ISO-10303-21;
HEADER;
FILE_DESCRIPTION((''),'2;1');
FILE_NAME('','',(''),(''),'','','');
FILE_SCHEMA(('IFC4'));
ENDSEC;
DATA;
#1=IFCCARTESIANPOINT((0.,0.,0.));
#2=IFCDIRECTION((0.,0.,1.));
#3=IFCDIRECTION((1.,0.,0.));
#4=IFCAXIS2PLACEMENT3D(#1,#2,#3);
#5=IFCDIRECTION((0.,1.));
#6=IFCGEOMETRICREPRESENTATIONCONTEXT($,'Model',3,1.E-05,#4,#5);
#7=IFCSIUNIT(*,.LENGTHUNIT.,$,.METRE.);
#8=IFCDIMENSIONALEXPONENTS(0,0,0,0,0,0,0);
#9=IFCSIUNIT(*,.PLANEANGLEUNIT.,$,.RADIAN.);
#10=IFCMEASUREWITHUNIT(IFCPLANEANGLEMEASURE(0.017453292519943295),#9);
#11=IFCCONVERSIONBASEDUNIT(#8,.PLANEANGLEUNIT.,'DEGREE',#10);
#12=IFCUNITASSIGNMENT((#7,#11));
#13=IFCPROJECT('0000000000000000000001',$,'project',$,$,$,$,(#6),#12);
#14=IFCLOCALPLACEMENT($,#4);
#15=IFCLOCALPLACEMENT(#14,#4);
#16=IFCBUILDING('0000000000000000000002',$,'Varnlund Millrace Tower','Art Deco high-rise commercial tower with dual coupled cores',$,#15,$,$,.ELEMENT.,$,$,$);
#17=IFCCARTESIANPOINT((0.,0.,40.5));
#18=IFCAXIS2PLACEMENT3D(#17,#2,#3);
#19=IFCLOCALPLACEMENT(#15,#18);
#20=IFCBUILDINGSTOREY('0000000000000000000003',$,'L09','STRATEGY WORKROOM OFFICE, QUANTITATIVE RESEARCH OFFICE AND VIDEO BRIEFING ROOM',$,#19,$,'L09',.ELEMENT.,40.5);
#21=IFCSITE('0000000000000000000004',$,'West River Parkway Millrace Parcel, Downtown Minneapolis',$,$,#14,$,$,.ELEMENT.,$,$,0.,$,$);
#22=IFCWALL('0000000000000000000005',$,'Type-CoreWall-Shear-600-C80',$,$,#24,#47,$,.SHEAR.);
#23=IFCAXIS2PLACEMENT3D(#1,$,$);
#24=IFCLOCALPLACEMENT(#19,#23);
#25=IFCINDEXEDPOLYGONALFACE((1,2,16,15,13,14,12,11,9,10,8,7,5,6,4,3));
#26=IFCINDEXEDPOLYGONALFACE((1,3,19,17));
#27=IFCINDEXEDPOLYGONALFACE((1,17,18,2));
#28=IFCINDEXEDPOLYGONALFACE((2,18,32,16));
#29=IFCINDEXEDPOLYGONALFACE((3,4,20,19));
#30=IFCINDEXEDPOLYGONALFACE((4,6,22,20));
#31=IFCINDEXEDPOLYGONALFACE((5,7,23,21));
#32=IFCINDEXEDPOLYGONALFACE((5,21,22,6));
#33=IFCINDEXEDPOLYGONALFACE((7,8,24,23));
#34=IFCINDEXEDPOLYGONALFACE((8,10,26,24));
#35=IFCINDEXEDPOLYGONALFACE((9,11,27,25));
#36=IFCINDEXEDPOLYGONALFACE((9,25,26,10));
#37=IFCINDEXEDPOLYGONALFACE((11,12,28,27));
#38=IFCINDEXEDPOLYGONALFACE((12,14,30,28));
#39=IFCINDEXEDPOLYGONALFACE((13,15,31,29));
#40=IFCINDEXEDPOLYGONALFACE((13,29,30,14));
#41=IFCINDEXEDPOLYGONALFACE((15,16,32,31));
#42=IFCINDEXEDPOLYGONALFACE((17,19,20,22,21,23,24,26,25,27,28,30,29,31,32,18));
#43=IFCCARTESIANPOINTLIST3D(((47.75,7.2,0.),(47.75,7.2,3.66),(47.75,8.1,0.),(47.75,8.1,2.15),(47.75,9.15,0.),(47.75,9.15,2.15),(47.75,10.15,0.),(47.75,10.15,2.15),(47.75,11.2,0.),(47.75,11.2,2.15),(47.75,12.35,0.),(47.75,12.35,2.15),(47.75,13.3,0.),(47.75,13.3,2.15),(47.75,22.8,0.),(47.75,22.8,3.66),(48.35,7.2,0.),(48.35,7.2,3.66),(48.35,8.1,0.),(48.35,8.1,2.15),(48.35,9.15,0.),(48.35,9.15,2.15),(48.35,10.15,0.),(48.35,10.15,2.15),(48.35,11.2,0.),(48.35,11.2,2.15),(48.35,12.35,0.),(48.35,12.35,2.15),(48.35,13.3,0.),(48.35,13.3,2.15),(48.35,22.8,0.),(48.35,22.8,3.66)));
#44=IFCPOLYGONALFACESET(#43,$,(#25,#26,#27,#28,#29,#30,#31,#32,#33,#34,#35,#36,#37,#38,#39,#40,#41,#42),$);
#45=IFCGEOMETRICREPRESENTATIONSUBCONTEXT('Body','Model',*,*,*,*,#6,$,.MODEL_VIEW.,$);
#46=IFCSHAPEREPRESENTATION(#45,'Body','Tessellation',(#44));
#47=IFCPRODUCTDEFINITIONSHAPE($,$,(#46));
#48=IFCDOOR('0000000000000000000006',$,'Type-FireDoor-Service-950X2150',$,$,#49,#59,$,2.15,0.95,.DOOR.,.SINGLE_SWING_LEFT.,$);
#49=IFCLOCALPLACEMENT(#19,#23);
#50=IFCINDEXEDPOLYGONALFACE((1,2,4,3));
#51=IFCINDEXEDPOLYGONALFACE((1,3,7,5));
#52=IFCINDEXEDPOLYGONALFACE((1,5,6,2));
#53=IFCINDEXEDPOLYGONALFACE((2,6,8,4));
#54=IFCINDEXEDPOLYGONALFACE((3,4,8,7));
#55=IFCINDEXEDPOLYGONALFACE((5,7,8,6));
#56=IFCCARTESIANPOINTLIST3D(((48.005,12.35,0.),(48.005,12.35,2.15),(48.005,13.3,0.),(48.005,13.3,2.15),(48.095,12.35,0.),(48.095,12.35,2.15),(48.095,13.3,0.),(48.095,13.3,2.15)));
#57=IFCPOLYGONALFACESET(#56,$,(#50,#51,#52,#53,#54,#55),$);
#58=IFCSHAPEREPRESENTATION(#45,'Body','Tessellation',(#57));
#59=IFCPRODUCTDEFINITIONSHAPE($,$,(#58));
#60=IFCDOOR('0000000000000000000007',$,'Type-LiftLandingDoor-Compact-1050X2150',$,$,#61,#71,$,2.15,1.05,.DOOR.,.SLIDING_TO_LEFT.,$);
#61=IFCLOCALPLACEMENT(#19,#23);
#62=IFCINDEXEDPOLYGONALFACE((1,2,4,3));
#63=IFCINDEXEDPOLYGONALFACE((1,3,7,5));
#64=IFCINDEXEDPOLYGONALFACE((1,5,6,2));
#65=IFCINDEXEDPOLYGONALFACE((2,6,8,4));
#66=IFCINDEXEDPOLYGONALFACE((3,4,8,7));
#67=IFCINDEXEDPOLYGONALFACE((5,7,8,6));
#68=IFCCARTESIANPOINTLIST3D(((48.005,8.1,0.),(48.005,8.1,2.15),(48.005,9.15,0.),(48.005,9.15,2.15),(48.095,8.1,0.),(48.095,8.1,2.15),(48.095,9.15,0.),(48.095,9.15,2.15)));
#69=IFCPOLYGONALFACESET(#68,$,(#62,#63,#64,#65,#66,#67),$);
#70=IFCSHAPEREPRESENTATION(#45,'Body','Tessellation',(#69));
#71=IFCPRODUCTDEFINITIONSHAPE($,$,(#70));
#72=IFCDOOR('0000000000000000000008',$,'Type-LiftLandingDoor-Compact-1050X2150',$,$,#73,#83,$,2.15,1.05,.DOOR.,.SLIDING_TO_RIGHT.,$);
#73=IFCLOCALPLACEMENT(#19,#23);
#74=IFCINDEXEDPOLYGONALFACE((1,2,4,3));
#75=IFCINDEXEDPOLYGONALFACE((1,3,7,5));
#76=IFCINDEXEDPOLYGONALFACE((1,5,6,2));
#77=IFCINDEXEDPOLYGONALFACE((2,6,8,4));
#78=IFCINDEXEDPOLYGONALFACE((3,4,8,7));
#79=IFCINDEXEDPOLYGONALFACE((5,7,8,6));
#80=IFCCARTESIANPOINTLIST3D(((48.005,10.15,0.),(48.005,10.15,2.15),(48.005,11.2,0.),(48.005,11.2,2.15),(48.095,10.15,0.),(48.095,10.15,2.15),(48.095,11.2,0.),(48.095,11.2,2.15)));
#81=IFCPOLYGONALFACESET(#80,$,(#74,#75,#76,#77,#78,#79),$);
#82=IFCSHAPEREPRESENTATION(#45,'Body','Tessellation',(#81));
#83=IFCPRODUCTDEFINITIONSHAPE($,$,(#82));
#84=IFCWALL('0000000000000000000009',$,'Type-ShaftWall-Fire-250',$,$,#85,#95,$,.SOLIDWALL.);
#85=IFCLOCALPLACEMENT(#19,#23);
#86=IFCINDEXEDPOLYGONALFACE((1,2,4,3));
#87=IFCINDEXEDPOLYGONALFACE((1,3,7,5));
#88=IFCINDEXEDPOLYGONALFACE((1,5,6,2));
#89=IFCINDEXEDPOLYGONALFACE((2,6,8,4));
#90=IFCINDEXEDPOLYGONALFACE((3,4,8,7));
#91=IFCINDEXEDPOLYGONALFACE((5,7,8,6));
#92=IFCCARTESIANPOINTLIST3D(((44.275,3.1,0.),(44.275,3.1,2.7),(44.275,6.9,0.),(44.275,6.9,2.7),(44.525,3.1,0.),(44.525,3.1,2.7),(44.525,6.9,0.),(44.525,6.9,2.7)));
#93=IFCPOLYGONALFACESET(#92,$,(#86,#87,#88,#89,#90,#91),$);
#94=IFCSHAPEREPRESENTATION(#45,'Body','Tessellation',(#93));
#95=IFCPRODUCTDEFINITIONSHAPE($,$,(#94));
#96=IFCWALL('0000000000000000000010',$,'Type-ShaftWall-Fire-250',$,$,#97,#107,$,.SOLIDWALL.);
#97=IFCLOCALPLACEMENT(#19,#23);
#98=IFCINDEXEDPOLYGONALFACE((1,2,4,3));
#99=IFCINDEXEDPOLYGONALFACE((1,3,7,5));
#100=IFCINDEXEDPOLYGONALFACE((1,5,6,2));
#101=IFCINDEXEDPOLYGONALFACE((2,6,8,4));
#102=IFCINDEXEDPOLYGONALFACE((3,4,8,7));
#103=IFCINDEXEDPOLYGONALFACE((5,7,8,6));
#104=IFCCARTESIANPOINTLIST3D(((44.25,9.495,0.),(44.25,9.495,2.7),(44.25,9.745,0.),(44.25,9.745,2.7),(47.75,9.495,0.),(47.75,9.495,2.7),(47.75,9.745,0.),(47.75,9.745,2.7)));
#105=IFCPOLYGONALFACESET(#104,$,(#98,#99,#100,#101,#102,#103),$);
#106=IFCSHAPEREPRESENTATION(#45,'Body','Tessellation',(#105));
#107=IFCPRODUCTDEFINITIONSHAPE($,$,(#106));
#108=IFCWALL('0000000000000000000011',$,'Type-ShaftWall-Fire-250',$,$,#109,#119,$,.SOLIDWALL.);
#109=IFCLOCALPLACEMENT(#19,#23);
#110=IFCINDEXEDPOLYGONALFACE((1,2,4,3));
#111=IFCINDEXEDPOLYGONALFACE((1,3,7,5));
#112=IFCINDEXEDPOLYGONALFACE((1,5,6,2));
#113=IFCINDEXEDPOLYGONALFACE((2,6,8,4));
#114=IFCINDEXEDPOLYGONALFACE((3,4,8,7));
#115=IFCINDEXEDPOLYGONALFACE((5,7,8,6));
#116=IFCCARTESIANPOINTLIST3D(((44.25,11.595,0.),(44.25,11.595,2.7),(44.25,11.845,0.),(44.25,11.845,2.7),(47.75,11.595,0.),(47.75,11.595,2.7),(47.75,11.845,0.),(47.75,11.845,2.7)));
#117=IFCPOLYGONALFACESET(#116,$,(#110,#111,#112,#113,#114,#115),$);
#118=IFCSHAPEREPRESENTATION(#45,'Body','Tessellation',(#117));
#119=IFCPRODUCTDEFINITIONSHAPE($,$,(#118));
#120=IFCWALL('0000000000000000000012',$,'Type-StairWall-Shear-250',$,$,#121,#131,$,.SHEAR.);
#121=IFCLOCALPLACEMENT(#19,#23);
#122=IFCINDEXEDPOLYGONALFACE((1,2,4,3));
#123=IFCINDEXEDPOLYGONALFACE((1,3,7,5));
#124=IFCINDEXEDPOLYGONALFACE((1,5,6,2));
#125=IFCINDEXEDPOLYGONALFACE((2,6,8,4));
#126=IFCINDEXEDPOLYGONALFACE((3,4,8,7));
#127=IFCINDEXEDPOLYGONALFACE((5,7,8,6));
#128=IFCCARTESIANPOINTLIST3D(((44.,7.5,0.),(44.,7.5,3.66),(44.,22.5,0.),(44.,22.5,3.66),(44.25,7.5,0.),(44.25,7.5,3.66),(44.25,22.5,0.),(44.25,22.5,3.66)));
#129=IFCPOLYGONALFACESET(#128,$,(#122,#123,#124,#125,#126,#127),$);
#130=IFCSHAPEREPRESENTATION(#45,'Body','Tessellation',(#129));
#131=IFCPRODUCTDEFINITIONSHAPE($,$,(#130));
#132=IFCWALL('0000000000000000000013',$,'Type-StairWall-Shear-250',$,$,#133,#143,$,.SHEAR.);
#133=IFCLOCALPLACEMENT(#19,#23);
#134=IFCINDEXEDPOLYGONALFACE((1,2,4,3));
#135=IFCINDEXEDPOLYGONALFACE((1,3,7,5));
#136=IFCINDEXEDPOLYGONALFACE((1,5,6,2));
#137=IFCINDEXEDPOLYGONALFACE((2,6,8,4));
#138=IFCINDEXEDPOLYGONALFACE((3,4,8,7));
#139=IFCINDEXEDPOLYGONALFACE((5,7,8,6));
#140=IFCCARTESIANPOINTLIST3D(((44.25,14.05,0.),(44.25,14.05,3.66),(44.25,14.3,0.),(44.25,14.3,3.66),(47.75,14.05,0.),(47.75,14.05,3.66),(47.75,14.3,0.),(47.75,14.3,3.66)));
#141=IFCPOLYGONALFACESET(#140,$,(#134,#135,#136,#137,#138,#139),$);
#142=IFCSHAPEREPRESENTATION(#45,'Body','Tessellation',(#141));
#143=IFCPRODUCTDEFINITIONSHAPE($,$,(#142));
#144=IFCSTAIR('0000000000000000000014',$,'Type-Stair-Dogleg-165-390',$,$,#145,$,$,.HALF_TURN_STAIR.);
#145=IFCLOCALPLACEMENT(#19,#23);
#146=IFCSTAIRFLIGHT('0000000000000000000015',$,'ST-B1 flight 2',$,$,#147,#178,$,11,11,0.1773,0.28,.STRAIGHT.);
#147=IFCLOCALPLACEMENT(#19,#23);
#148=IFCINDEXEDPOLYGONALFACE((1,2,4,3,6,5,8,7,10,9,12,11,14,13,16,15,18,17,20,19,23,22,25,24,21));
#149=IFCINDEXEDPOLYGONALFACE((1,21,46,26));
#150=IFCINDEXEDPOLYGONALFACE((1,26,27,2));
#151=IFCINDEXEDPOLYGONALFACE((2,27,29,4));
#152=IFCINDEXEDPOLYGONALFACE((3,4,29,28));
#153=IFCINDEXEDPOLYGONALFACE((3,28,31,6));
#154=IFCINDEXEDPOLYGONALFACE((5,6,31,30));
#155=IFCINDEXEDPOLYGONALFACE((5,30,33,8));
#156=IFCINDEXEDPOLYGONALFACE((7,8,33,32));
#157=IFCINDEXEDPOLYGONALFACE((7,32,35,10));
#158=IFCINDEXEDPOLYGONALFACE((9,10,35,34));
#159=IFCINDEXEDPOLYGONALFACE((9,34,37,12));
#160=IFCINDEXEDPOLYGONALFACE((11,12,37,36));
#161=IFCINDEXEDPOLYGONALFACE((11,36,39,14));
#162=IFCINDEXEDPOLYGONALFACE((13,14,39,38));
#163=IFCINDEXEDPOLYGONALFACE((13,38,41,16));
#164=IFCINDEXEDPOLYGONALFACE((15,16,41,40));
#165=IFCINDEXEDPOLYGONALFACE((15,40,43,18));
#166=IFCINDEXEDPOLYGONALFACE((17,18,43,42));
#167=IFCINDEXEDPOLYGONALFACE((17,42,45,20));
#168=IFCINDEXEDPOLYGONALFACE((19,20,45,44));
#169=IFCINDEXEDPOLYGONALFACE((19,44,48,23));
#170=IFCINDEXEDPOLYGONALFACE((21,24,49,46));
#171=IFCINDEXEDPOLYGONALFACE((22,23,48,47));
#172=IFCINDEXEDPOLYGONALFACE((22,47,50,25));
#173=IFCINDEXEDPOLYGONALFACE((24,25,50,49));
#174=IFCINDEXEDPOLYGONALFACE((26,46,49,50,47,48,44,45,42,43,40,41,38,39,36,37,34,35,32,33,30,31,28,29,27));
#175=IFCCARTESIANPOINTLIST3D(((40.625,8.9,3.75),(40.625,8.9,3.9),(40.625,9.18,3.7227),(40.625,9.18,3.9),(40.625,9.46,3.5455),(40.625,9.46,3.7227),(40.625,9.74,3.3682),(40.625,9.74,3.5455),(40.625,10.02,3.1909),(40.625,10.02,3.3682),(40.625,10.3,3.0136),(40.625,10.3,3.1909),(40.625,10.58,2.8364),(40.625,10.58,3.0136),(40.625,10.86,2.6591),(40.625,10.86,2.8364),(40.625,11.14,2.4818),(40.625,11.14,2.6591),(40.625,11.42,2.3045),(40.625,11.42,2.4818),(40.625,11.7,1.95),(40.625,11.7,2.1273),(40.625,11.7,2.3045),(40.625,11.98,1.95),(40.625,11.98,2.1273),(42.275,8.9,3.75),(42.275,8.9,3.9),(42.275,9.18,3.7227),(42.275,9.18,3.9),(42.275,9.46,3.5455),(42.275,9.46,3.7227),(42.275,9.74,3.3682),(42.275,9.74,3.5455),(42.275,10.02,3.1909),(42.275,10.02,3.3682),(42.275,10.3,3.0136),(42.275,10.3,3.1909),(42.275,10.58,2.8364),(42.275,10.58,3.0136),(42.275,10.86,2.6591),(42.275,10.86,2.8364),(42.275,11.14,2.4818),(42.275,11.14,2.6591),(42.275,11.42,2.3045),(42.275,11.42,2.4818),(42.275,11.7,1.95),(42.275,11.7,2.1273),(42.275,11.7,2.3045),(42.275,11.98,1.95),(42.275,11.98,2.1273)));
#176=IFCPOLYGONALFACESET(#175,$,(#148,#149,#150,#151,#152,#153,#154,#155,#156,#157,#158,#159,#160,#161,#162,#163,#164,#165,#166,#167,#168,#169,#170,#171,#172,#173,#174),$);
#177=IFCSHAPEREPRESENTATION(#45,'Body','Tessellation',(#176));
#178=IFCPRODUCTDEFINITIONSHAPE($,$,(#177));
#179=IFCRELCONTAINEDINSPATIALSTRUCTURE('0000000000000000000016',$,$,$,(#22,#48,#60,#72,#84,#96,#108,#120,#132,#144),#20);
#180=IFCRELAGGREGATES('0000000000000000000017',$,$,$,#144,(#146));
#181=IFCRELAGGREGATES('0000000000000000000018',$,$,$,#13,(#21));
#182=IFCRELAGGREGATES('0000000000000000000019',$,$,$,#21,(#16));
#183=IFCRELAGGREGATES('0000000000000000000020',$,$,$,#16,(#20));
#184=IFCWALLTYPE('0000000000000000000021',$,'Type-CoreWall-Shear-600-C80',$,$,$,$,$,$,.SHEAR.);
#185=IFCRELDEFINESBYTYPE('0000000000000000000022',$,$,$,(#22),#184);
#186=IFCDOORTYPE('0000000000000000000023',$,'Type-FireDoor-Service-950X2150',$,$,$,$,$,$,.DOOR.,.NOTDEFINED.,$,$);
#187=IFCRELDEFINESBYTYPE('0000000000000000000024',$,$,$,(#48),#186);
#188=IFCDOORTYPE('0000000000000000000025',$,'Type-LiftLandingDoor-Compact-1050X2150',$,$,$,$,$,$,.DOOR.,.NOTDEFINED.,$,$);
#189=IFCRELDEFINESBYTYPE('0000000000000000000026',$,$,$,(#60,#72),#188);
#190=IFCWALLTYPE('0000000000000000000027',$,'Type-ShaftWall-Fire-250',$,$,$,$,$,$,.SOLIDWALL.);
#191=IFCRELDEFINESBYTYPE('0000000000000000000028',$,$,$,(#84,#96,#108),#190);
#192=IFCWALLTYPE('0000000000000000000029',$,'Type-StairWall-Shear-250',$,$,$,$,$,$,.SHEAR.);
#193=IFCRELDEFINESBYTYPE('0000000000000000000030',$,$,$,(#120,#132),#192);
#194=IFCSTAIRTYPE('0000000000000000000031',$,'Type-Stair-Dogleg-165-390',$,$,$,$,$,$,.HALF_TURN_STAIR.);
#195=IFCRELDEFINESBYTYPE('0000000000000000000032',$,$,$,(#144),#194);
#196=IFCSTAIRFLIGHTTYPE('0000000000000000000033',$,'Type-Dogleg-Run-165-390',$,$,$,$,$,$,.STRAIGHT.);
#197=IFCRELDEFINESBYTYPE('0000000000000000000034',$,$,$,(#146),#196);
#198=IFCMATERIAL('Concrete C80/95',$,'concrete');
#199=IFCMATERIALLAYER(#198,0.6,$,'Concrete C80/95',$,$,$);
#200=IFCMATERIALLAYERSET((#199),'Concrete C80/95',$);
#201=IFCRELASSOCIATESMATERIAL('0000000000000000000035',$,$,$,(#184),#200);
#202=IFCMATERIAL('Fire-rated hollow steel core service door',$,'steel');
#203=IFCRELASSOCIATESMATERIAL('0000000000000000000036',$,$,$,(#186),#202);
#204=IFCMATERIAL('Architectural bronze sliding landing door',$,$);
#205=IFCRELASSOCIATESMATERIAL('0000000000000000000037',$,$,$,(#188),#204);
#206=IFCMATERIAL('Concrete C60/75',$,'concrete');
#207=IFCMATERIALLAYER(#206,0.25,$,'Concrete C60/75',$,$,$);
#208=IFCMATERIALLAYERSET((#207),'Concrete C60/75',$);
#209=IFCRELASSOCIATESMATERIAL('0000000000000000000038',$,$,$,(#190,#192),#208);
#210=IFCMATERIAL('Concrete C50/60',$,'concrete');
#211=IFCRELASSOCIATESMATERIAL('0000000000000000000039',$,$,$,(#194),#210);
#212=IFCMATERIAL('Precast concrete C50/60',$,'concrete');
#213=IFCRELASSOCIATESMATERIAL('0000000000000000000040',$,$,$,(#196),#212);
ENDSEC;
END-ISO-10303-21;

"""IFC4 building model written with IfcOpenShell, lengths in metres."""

from ifc_helpers import new_model, entity, si_unit, converted_unit, direction, frame, origin_with_axes, origin_2d_with_axis, place, context, subcontext, project, spatial, polyline, rectangle, outline, extrude, material, layer, layer_set, type_object, element, fill, aggregate, save


model = new_model("IFC4")

# Units and contexts
model_context = context("Model", 3, precision=1e-05, world=origin_with_axes(), true_north=direction((0.0, 1.0)))
body_context = subcontext(model_context, "Body", "Model", "MODEL_VIEW")
ifc_project = project(units=[si_unit("LENGTHUNIT", "METRE"), converted_unit("PLANEANGLEUNIT", "DEGREE", entity("IfcPlaneAngleMeasure", 0.017453292519943295), si_unit("PLANEANGLEUNIT", "RADIAN"), dimensions=[0, 0, 0, 0, 0, 0, 0])], contexts=[model_context])

# Site, building, storey
site_placement = place(None, origin_with_axes())
site = spatial("IfcSite", under=ifc_project, at=site_placement, Name="West River Parkway Millrace Parcel, Downtown Minneapolis", CompositionType="ELEMENT", RefElevation=0.0)
building_placement = place(site_placement, origin_with_axes())
building = spatial("IfcBuilding", under=site, at=building_placement, Name="Varnlund Millrace Tower", Description="Art Deco high-rise commercial tower with dual coupled cores", CompositionType="ELEMENT")
storey_placement = place(building_placement, frame((0.0, 0.0, 40.5), z_axis=(0.0, 0.0, 1.0), x_axis=(1.0, 0.0, 0.0)))
storey = spatial("IfcBuildingStorey", under=building, at=storey_placement, Name="L09", Description="STRATEGY WORKROOM OFFICE, QUANTITATIVE RESEARCH OFFICE AND VIDEO BRIEFING ROOM", LongName="L09", CompositionType="ELEMENT", Elevation=40.5)

# Shared definitions
ifc_material_1 = material(Name="Concrete C80/95", Category="concrete")

# Wall, openings, doors
ifc_layer_1 = layer(ifc_material_1, 0.6, Name="Concrete C80/95")
ifc_layer_set_1 = layer_set([ifc_layer_1], Name="Concrete C80/95")
wall_type_1 = type_object("IfcWallType", Name="Type-CoreWall-Shear-600-C80", PredefinedType="SHEAR", material=ifc_layer_set_1)
wall_1_placement = place(storey_placement, frame((48.05, 7.2, 0.0), z_axis=(0.0, 0.0, 1.0), x_axis=(0.0, 1.0, 0.0)))
wall_1 = element("IfcWall", 1, at=wall_1_placement, inside=storey, type_object=wall_type_1, Name="Type-CoreWall-Shear-600-C80", PredefinedType="SHEAR", context=body_context, shape_type="SweptSolid", body=[
    extrude(outline(polyline([(0.0, -0.3), (15.6, -0.3), (15.6, 0.3), (0.0, 0.3), (0.0, -0.3)])), origin_with_axes(), (0.0, 0.0, 1.0), 3.66),
])
opening_1_placement = place(wall_1_placement, frame((1.425, 0.0, 0.0), z_axis=(0.0, 0.0, 1.0), x_axis=(1.0, 0.0, 0.0)))
opening_1 = element("IfcOpeningElement", 2, at=opening_1_placement, cuts=wall_1, PredefinedType="OPENING", context=body_context, shape_type="SweptSolid", body=[
    extrude(rectangle(XDim=1.05, YDim=0.62, at=origin_2d_with_axis()), origin_with_axes(), (0.0, 0.0, 1.0), 2.15),
])
opening_2_placement = place(wall_1_placement, frame((3.475, 0.0, 0.0), z_axis=(0.0, 0.0, 1.0), x_axis=(1.0, 0.0, 0.0)))
opening_2 = element("IfcOpeningElement", 3, at=opening_2_placement, cuts=wall_1, PredefinedType="OPENING", context=body_context, shape_type="SweptSolid", body=[
    extrude(rectangle(XDim=1.05, YDim=0.62, at=origin_2d_with_axis()), origin_with_axes(), (0.0, 0.0, 1.0), 2.15),
])
opening_3_placement = place(wall_1_placement, frame((5.625, 0.0, 0.0), z_axis=(0.0, 0.0, 1.0), x_axis=(1.0, 0.0, 0.0)))
opening_3 = element("IfcOpeningElement", 4, at=opening_3_placement, cuts=wall_1, PredefinedType="OPENING", context=body_context, shape_type="SweptSolid", body=[
    extrude(rectangle(XDim=0.95, YDim=0.62, at=origin_2d_with_axis()), origin_with_axes(), (0.0, 0.0, 1.0), 2.15),
])
ifc_material_2 = material(Name="Fire-rated hollow steel core service door", Category="steel")
door_type_1 = type_object("IfcDoorType", Name="Type-FireDoor-Service-950X2150", OperationType="NOTDEFINED", PredefinedType="DOOR", material=ifc_material_2)
door_1_placement = place(wall_1_placement, frame((5.625, 0.0, 0.0), z_axis=(0.0, 0.0, 1.0), x_axis=(1.0, 0.0, 0.0)))
door_1 = element("IfcDoor", 5, at=door_1_placement, inside=storey, type_object=door_type_1, Name="Type-FireDoor-Service-950X2150", OperationType="SINGLE_SWING_LEFT", OverallHeight=2.15, OverallWidth=0.95, PredefinedType="DOOR", context=body_context, shape_type="SweptSolid", body=[
    extrude(rectangle(XDim=0.95, YDim=0.09, at=origin_2d_with_axis()), origin_with_axes(), (0.0, 0.0, 1.0), 2.15),
])
fill(opening_3, door_1)
ifc_material_3 = material(Name="Architectural bronze sliding landing door")
door_type_2 = type_object("IfcDoorType", Name="Type-LiftLandingDoor-Compact-1050X2150", OperationType="NOTDEFINED", PredefinedType="DOOR", material=ifc_material_3)
door_2_placement = place(wall_1_placement, frame((1.425, 0.0, 0.0), z_axis=(0.0, 0.0, 1.0), x_axis=(1.0, 0.0, 0.0)))
door_2 = element("IfcDoor", 6, at=door_2_placement, inside=storey, type_object=door_type_2, Name="Type-LiftLandingDoor-Compact-1050X2150", OperationType="SLIDING_TO_LEFT", OverallHeight=2.15, OverallWidth=1.05, PredefinedType="DOOR", context=body_context, shape_type="SweptSolid", body=[
    extrude(rectangle(XDim=1.05, YDim=0.09, at=origin_2d_with_axis()), origin_with_axes(), (0.0, 0.0, 1.0), 2.15),
])
fill(opening_1, door_2)
door_3_placement = place(wall_1_placement, frame((3.475, 0.0, 0.0), z_axis=(0.0, 0.0, 1.0), x_axis=(1.0, 0.0, 0.0)))
door_3 = element("IfcDoor", 7, at=door_3_placement, inside=storey, type_object=door_type_2, Name="Type-LiftLandingDoor-Compact-1050X2150", OperationType="SLIDING_TO_RIGHT", OverallHeight=2.15, OverallWidth=1.05, PredefinedType="DOOR", context=body_context, shape_type="SweptSolid", body=[
    extrude(rectangle(XDim=1.05, YDim=0.09, at=origin_2d_with_axis()), origin_with_axes(), (0.0, 0.0, 1.0), 2.15),
])
fill(opening_2, door_3)

# Walls
ifc_material_4 = material(Name="Concrete C60/75", Category="concrete")
ifc_layer_2 = layer(ifc_material_4, 0.25, Name="Concrete C60/75")
ifc_layer_set_2 = layer_set([ifc_layer_2], Name="Concrete C60/75")
wall_type_2 = type_object("IfcWallType", Name="Type-ShaftWall-Fire-250", PredefinedType="SOLIDWALL", material=ifc_layer_set_2)
wall_2_placement = place(storey_placement, frame((44.4, 3.1, 0.0), z_axis=(0.0, 0.0, 1.0), x_axis=(0.0, 1.0, 0.0)))
element("IfcWall", 8, at=wall_2_placement, inside=storey, type_object=wall_type_2, Name="Type-ShaftWall-Fire-250", PredefinedType="SOLIDWALL", context=body_context, shape_type="SweptSolid", body=[
    extrude(outline(polyline([(0.0, -0.125), (3.8, -0.125), (3.8, 0.125), (0.0, 0.125), (0.0, -0.125)])), origin_with_axes(), (0.0, 0.0, 1.0), 2.7),
])
for number, where, z_axis, x_axis, name in (
    (9, (44.25, 9.62, 0.0), (0.0, 0.0, 1.0), (1.0, 0.0, 0.0), "Type-ShaftWall-Fire-250"),
    (10, (44.25, 11.72, 0.0), (0.0, 0.0, 1.0), (1.0, 0.0, 0.0), "Type-ShaftWall-Fire-250"),
):
    element("IfcWall", number, at=place(storey_placement, frame(where, z_axis=z_axis, x_axis=x_axis)), inside=storey, type_object=wall_type_2, Name=name, PredefinedType="SOLIDWALL", context=body_context, shape_type="SweptSolid", body=[
        extrude(outline(polyline([(0.0, -0.125), (3.5, -0.125), (3.5, 0.125), (0.0, 0.125), (0.0, -0.125)])), origin_with_axes(), (0.0, 0.0, 1.0), 2.7),
    ])
wall_type_3 = type_object("IfcWallType", Name="Type-StairWall-Shear-250", PredefinedType="SHEAR", material=ifc_layer_set_2)
wall_3_placement = place(storey_placement, frame((44.125, 7.5, 0.0), z_axis=(0.0, 0.0, 1.0), x_axis=(0.0, 1.0, 0.0)))
element("IfcWall", 11, at=wall_3_placement, inside=storey, type_object=wall_type_3, Name="Type-StairWall-Shear-250", PredefinedType="SHEAR", context=body_context, shape_type="SweptSolid", body=[
    extrude(outline(polyline([(0.0, -0.125), (15.0, -0.125), (15.0, 0.125), (0.0, 0.125), (0.0, -0.125)])), origin_with_axes(), (0.0, 0.0, 1.0), 3.66),
])
wall_4_placement = place(storey_placement, frame((44.25, 14.175, 0.0), z_axis=(0.0, 0.0, 1.0), x_axis=(1.0, 0.0, 0.0)))
element("IfcWall", 12, at=wall_4_placement, inside=storey, type_object=wall_type_3, Name="Type-StairWall-Shear-250", PredefinedType="SHEAR", context=body_context, shape_type="SweptSolid", body=[
    extrude(outline(polyline([(0.0, -0.125), (3.5, -0.125), (3.5, 0.125), (0.0, 0.125), (0.0, -0.125)])), origin_with_axes(), (0.0, 0.0, 1.0), 3.66),
])

# Stair, stair flight
ifc_material_5 = material(Name="Concrete C50/60", Category="concrete")
stair_type = type_object("IfcStairType", Name="Type-Stair-Dogleg-165-390", PredefinedType="HALF_TURN_STAIR", material=ifc_material_5)
stair_placement = place(storey_placement, origin_with_axes())
stair = element("IfcStair", 13, at=stair_placement, inside=storey, type_object=stair_type, Name="Type-Stair-Dogleg-165-390", PredefinedType="HALF_TURN_STAIR")
ifc_material_6 = material(Name="Precast concrete C50/60", Category="concrete")
stair_flight_type = type_object("IfcStairFlightType", Name="Type-Dogleg-Run-165-390", PredefinedType="STRAIGHT", material=ifc_material_6)
stair_flight_placement = place(storey_placement, frame((42.275, 11.98, 1.95), z_axis=(-1.0, 0.0, 0.0), x_axis=(0.0, -1.0, 0.0)))
stair_flight = element("IfcStairFlight", 14, at=stair_flight_placement, type_object=stair_flight_type, Name="ST-B1 flight 2", NumberOfRisers=11, NumberOfTreads=11, PredefinedType="STRAIGHT", RiserHeight=0.1773, TreadLength=0.28, context=body_context, shape_type="SweptSolid", body=[
    extrude(outline(polyline([(0.0, 0.0), (0.0, 0.1773), (0.28, 0.1773), (0.28, 0.3545), (0.56, 0.3545), (0.56, 0.5318), (0.84, 0.5318), (0.84, 0.7091), (1.12, 0.7091), (1.12, 0.8864), (1.4, 0.8864), (1.4, 1.0636), (1.68, 1.0636), (1.68, 1.2409), (1.96, 1.2409), (1.96, 1.4182), (2.24, 1.4182), (2.24, 1.5955), (2.52, 1.5955), (2.52, 1.7727), (2.8, 1.7727), (2.8, 1.95), (3.08, 1.95), (3.08, 1.8), (0.28, 0.0), (0.0, 0.0)])), origin_with_axes(), (0.0, 0.0, 1.0), 1.65),
])
aggregate(stair, [stair_flight])

save(model, "model.ifc")
